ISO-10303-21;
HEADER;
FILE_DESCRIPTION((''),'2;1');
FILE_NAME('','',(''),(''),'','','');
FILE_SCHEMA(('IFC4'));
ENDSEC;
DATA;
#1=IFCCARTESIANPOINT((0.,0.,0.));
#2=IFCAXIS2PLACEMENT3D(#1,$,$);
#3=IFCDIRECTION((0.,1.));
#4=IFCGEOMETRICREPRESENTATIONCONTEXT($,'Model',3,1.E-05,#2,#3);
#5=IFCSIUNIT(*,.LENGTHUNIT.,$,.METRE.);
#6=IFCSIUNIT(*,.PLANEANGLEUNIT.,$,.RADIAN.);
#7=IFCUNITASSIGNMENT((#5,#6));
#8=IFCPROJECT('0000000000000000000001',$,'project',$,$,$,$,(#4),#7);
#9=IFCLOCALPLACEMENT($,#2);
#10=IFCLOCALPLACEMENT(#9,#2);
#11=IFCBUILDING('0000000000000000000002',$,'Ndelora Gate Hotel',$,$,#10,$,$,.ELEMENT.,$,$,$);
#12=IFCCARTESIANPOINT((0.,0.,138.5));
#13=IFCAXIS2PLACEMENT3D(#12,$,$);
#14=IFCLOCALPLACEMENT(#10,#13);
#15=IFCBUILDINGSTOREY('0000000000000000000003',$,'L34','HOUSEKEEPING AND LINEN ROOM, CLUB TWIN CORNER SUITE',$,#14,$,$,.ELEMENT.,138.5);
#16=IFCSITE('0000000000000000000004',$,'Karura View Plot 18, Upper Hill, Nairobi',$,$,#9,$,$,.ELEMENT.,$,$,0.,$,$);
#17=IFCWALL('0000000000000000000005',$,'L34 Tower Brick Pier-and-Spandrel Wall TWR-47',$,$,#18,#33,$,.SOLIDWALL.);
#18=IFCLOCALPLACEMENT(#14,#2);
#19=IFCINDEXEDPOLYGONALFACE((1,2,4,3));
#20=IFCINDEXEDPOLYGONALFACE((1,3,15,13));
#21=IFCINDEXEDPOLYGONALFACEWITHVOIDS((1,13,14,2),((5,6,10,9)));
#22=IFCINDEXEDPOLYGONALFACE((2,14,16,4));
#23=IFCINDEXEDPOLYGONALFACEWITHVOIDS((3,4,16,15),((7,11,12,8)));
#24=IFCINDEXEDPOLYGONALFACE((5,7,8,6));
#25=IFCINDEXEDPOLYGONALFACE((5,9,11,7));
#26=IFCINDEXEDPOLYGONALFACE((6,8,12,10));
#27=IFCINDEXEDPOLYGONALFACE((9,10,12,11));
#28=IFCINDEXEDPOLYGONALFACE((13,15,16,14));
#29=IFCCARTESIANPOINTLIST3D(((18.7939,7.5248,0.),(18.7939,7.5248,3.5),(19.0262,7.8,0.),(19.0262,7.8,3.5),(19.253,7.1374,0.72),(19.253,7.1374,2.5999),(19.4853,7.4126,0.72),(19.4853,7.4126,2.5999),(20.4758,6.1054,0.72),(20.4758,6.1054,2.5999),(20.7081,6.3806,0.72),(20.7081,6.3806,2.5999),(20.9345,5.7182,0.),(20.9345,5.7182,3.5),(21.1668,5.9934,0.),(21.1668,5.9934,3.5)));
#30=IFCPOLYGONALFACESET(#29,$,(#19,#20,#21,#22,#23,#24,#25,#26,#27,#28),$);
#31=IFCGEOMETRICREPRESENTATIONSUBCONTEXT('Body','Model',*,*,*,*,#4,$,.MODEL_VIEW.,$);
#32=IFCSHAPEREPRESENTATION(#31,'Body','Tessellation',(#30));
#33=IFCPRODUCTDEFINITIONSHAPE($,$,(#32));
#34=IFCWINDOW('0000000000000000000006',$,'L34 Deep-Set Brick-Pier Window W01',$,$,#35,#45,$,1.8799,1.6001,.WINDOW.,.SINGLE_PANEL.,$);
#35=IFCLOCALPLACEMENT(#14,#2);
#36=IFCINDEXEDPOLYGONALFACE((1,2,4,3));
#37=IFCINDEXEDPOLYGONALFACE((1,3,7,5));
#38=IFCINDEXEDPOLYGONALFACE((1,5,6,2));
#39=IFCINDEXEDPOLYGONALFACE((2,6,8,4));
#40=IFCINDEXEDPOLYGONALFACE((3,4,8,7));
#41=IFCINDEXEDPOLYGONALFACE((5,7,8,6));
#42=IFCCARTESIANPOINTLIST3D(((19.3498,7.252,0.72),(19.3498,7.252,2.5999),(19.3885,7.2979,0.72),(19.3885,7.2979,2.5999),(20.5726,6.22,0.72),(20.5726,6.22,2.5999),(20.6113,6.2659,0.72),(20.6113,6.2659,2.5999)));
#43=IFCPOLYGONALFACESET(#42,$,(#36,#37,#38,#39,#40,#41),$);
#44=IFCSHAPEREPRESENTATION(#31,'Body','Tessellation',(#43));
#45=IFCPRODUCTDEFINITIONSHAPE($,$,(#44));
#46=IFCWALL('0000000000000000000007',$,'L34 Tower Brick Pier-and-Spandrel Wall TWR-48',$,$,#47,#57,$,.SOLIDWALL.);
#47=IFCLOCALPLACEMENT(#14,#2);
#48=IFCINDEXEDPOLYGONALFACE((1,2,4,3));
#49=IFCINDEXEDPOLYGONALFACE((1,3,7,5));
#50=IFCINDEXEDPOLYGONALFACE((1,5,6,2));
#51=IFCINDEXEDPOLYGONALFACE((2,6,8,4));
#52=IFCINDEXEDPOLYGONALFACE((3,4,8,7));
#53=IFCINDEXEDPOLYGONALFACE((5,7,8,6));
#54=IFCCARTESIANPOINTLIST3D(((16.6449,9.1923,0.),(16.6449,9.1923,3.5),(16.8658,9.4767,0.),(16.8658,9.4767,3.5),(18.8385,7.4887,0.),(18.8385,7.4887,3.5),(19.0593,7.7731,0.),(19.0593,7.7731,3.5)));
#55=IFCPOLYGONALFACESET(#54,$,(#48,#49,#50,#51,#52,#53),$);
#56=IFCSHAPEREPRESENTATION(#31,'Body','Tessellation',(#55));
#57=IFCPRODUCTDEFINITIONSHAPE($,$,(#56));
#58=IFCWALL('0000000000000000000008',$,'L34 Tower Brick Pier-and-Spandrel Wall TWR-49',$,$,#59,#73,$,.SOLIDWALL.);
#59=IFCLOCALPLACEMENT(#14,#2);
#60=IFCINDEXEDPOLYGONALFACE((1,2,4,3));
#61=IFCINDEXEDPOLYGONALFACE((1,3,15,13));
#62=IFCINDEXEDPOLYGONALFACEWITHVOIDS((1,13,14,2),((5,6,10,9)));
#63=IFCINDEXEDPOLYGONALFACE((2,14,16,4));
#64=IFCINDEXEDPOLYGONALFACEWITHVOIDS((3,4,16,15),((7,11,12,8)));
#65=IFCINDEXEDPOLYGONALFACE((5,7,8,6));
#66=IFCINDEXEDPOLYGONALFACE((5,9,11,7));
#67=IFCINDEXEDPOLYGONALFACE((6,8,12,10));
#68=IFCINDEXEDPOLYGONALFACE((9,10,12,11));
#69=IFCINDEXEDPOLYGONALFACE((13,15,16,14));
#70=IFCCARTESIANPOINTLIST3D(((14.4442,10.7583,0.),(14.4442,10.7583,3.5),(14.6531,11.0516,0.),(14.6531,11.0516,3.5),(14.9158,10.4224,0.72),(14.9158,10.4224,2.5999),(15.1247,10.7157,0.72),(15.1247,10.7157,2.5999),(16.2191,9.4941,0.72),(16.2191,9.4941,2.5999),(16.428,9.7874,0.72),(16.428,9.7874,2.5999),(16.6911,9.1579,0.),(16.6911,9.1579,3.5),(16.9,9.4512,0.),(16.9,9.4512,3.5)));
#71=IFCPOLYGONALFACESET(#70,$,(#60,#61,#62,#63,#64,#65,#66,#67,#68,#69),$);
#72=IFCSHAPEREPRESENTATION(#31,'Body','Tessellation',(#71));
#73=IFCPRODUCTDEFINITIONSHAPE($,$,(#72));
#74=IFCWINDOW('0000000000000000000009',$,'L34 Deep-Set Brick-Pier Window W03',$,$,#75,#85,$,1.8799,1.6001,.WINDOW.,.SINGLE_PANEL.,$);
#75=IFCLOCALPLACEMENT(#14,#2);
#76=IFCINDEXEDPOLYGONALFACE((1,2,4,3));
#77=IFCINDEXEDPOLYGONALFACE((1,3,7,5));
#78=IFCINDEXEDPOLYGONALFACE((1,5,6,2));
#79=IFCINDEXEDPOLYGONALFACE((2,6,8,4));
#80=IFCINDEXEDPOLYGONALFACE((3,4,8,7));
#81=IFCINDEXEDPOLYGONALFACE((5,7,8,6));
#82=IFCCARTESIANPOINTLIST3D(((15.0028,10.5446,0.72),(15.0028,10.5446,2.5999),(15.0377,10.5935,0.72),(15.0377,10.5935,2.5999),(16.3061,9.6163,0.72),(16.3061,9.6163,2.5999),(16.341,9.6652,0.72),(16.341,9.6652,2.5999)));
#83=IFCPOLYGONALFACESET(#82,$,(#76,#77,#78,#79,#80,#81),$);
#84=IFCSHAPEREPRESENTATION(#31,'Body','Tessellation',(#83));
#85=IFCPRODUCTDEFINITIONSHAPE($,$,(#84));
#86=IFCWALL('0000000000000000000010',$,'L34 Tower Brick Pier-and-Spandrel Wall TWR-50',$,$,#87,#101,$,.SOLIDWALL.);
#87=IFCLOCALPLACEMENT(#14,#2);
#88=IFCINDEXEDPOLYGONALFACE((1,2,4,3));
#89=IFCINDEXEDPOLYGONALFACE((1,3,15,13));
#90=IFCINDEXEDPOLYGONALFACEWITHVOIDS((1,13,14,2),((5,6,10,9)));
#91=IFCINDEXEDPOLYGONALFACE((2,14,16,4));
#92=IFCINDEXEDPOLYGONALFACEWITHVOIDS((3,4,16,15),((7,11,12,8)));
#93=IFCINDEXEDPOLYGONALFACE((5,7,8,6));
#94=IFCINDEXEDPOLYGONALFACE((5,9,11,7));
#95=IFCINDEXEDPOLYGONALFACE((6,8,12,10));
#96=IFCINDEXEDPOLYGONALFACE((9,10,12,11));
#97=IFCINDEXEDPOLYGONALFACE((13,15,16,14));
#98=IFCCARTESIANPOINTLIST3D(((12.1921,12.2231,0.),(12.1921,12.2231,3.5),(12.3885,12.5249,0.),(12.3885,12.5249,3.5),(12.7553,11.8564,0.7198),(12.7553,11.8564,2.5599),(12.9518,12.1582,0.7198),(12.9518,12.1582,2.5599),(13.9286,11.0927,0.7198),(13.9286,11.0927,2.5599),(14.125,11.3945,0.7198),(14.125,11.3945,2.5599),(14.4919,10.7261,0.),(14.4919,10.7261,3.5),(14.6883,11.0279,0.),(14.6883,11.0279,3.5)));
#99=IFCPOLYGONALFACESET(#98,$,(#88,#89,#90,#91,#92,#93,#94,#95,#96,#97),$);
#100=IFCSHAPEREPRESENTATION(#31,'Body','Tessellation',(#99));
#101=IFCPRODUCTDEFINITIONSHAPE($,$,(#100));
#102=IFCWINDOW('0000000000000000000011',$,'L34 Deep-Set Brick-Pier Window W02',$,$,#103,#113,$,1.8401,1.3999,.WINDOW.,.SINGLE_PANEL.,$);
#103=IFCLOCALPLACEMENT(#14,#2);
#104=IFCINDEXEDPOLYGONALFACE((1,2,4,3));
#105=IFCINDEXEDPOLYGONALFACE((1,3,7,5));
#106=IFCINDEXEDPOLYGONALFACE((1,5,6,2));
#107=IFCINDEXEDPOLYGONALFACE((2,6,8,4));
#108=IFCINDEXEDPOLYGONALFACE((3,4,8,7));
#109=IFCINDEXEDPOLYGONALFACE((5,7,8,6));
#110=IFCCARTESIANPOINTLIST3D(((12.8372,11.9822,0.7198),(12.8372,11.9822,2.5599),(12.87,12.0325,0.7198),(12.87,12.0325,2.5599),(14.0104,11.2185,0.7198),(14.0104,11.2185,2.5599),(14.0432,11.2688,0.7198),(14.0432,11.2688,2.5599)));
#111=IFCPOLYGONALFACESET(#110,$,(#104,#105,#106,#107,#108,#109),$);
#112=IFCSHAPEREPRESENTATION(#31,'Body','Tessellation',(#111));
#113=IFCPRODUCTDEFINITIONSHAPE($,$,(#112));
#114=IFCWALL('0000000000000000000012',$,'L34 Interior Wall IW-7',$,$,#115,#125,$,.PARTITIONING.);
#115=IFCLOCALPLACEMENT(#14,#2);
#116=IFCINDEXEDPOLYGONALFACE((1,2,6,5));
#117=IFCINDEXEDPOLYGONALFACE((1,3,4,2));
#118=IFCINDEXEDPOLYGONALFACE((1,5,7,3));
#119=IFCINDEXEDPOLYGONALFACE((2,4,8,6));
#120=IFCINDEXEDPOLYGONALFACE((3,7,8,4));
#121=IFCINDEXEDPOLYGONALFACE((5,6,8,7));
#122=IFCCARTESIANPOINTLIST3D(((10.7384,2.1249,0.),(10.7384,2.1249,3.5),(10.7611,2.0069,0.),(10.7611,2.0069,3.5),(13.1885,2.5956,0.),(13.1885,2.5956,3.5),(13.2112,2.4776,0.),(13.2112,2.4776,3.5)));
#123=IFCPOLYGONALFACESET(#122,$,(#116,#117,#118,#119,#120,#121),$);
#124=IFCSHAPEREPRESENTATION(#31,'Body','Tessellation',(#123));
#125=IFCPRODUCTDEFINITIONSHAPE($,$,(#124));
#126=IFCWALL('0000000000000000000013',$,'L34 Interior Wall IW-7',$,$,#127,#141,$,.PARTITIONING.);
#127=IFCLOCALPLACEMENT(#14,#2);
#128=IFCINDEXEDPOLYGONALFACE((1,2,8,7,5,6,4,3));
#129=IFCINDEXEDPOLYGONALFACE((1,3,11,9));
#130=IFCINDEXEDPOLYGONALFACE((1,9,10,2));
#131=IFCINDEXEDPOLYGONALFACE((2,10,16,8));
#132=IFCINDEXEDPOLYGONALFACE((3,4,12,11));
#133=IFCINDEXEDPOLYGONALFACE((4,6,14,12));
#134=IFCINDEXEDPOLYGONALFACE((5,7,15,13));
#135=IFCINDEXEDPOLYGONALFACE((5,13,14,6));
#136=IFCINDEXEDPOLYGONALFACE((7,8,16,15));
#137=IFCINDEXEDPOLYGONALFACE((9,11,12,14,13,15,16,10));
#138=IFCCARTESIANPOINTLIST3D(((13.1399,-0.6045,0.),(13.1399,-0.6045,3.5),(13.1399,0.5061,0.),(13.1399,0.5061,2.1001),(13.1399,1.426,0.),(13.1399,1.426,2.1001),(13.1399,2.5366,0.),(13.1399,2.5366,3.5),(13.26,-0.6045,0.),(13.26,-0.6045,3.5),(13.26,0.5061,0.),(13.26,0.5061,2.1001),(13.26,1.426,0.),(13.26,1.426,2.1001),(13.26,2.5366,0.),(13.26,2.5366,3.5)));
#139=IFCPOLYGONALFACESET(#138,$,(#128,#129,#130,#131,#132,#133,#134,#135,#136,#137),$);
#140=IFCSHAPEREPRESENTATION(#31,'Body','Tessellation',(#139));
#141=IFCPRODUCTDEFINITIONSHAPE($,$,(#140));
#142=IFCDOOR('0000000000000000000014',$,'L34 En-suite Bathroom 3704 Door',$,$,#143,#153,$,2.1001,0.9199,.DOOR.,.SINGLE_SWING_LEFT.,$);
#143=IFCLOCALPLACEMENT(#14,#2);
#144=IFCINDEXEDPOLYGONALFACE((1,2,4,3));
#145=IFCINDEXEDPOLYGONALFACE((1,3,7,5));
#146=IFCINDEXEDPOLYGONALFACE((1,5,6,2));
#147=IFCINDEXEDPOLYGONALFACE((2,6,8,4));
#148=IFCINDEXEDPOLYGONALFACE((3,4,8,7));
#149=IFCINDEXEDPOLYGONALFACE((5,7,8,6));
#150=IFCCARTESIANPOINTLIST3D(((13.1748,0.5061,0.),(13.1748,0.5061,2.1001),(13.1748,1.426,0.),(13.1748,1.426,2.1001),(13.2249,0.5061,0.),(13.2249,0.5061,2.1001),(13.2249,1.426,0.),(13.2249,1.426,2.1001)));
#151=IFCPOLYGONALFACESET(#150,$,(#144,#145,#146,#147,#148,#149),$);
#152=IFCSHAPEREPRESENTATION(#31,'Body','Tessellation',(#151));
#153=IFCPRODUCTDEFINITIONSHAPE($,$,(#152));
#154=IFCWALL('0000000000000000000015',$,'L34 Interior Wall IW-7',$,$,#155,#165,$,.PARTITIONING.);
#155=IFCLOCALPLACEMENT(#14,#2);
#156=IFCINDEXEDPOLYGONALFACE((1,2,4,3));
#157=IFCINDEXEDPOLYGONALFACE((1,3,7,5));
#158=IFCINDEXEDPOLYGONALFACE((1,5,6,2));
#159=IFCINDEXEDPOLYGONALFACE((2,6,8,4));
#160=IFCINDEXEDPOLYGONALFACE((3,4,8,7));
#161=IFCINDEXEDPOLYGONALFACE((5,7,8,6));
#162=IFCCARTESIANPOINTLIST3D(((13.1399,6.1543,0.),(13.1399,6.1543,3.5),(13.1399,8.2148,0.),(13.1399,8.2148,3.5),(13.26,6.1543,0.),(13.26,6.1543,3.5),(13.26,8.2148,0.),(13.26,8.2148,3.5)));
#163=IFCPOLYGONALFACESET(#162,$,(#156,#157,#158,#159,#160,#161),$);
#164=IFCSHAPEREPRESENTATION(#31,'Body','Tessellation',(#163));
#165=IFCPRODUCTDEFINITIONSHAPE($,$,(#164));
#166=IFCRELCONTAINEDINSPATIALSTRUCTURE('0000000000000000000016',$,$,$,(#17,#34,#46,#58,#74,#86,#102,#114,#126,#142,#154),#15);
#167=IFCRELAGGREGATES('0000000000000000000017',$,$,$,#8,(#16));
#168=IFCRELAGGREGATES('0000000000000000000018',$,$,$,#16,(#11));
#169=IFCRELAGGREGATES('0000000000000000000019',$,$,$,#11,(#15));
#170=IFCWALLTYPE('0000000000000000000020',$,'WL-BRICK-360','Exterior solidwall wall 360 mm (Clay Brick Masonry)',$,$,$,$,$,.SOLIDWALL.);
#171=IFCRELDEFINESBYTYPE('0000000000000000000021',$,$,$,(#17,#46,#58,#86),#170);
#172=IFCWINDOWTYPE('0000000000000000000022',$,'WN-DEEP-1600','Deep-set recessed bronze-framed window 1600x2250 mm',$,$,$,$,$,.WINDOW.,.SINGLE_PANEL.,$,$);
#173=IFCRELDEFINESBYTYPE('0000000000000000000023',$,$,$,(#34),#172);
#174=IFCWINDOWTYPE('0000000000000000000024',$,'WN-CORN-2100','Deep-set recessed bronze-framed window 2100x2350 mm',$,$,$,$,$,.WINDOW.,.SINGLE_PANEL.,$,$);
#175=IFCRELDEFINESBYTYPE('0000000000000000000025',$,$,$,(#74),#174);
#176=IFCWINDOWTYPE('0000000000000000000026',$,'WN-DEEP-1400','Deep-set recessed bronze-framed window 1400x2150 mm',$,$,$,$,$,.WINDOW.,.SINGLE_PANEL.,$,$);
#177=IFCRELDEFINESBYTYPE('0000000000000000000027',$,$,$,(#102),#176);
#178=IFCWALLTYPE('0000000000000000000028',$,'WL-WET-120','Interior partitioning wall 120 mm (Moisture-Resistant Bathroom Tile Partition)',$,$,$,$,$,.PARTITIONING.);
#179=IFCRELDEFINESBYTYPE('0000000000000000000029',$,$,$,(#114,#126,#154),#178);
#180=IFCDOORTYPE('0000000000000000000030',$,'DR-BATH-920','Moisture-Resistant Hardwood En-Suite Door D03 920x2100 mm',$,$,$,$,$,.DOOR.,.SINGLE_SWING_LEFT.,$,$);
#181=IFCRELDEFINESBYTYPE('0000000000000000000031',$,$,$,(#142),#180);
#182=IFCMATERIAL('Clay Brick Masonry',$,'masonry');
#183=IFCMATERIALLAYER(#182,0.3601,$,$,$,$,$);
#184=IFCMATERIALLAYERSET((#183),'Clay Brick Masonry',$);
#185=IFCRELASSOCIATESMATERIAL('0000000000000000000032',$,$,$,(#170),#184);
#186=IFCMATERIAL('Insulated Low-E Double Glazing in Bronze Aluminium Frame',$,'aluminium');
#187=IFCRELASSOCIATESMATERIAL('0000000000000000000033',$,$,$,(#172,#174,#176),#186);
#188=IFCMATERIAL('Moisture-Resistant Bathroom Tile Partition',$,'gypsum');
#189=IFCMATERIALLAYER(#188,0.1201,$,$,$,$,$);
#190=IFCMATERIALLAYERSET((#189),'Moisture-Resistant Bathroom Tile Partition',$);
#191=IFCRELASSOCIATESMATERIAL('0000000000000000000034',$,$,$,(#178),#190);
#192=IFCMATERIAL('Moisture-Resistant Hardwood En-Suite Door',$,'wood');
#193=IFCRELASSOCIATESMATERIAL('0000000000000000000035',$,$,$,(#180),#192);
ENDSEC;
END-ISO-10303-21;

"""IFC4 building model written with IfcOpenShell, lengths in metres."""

from ifc_helpers import new_model, si_unit, direction, frame, frame_2d, origin, place, context, subcontext, project, spatial, rectangle, extrude, material, layer, layer_set, type_object, element, fill, save


model = new_model("IFC4")

# Units and contexts
model_context = context("Model", 3, precision=1e-05, world=origin(), true_north=direction((0.0, 1.0)))
body_context = subcontext(model_context, "Body", "Model", "MODEL_VIEW")
ifc_project = project(units=[si_unit("LENGTHUNIT", "METRE"), si_unit("PLANEANGLEUNIT", "RADIAN")], contexts=[model_context])

# Site, building, storey
site_placement = place(None, origin())
site = spatial("IfcSite", under=ifc_project, at=site_placement, Name="Karura View Plot 18, Upper Hill, Nairobi", CompositionType="ELEMENT", RefElevation=0.0)
building_placement = place(site_placement, origin())
building = spatial("IfcBuilding", under=site, at=building_placement, Name="Ndelora Gate Hotel", CompositionType="ELEMENT")
storey_placement = place(building_placement, frame((0.0, 0.0, 138.5)))
storey = spatial("IfcBuildingStorey", under=building, at=storey_placement, Name="L34", Description="HOUSEKEEPING AND LINEN ROOM, CLUB TWIN CORNER SUITE", CompositionType="ELEMENT", Elevation=138.5)

# Shared definitions
ifc_material_1 = material(Name="Clay Brick Masonry", Category="masonry")
ifc_layer_1 = layer(ifc_material_1, 0.3601)
ifc_layer_set_1 = layer_set([ifc_layer_1], Name="Clay Brick Masonry")
wall_type_1 = type_object("IfcWallType", Name="WL-BRICK-360", Description="Exterior solidwall wall 360 mm (Clay Brick Masonry)", PredefinedType="SOLIDWALL", material=ifc_layer_set_1)

# Wall, opening, window
wall_1_placement = place(storey_placement, frame((18.9102, 7.6624, 0.0), z_axis=(0.0, 0.0, 1.0), x_axis=(0.764206, -0.644973, 0.0)))
wall_1 = element("IfcWall", 1, at=wall_1_placement, inside=storey, type_object=wall_type_1, Name="L34 Tower Brick Pier-and-Spandrel Wall TWR-47", PredefinedType="SOLIDWALL", context=body_context, shape_type="SweptSolid", body=[
    extrude(rectangle(XDim=2.801, YDim=0.3601, at=frame_2d((1.4004, 0.0))), origin(), (0.0, 0.0, 1.0), 3.5),
])
opening_1_placement = place(wall_1_placement, frame((0.6006, 0.0, 0.72)))
opening_1 = element("IfcOpeningElement", 2, at=opening_1_placement, cuts=wall_1, PredefinedType="OPENING", context=body_context, shape_type="SweptSolid", body=[
    extrude(rectangle(XDim=1.6001, YDim=1.8799, at=frame_2d((0.8, 0.9399))), frame((0.0, 0.1899, 0.0), z_axis=(0.0, -1.0, 0.0), x_axis=(1.0, 0.0, 0.0)), (0.0, 0.0, 1.0), 0.3801),
])
ifc_material_2 = material(Name="Insulated Low-E Double Glazing in Bronze Aluminium Frame", Category="aluminium")
window_type_1 = type_object("IfcWindowType", Name="WN-DEEP-1600", Description="Deep-set recessed bronze-framed window 1600x2250 mm", PartitioningType="SINGLE_PANEL", PredefinedType="WINDOW", material=ifc_material_2)
window_1_placement = place(opening_1_placement, origin())
window_1 = element("IfcWindow", 3, at=window_1_placement, inside=storey, type_object=window_type_1, Name="L34 Deep-Set Brick-Pier Window W01", OverallHeight=1.8799, OverallWidth=1.6001, PartitioningType="SINGLE_PANEL", PredefinedType="WINDOW", context=body_context, shape_type="SweptSolid", body=[
    extrude(rectangle(XDim=1.6001, YDim=1.8799, at=frame_2d((0.8, 0.9399))), frame((0.0, 0.03, 0.0), z_axis=(0.0, -1.0, 0.0), x_axis=(1.0, 0.0, 0.0)), (0.0, 0.0, 1.0), 0.0601),
])
fill(opening_1, window_1)

# Wall
wall_2_placement = place(storey_placement, frame((16.7554, 9.3345, 0.0), z_axis=(0.0, 0.0, 1.0), x_axis=(0.789792, -0.613375, 0.0)))
element("IfcWall", 4, at=wall_2_placement, inside=storey, type_object=wall_type_1, Name="L34 Tower Brick Pier-and-Spandrel Wall TWR-48", PredefinedType="SOLIDWALL", context=body_context, shape_type="SweptSolid", body=[
    extrude(rectangle(XDim=2.7773, YDim=0.3601, at=frame_2d((1.3887, 0.0))), origin(), (0.0, 0.0, 1.0), 3.5),
])

# Walls, openings, windows
wall_3_placement = place(storey_placement, frame((14.5486, 10.905, 0.0), z_axis=(0.0, 0.0, 1.0), x_axis=(0.81451, -0.580149, 0.0)))
wall_3 = element("IfcWall", 5, at=wall_3_placement, inside=storey, type_object=wall_type_1, Name="L34 Tower Brick Pier-and-Spandrel Wall TWR-49", PredefinedType="SOLIDWALL", context=body_context, shape_type="SweptSolid", body=[
    extrude(rectangle(XDim=2.7585, YDim=0.3601, at=frame_2d((1.3794, 0.0))), origin(), (0.0, 0.0, 1.0), 3.5),
])
opening_2_placement = place(wall_3_placement, frame((0.5791, 0.0, 0.72)))
opening_2 = element("IfcOpeningElement", 6, at=opening_2_placement, cuts=wall_3, PredefinedType="OPENING", context=body_context, shape_type="SweptSolid", body=[
    extrude(rectangle(XDim=1.6001, YDim=1.8799, at=frame_2d((0.8, 0.9399))), frame((0.0, 0.1899, 0.0), z_axis=(0.0, -1.0, 0.0), x_axis=(1.0, 0.0, 0.0)), (0.0, 0.0, 1.0), 0.3801),
])
window_type_2 = type_object("IfcWindowType", Name="WN-CORN-2100", Description="Deep-set recessed bronze-framed window 2100x2350 mm", PartitioningType="SINGLE_PANEL", PredefinedType="WINDOW", material=ifc_material_2)
window_2_placement = place(opening_2_placement, origin())
window_2 = element("IfcWindow", 7, at=window_2_placement, inside=storey, type_object=window_type_2, Name="L34 Deep-Set Brick-Pier Window W03", OverallHeight=1.8799, OverallWidth=1.6001, PartitioningType="SINGLE_PANEL", PredefinedType="WINDOW", context=body_context, shape_type="SweptSolid", body=[
    extrude(rectangle(XDim=1.6001, YDim=1.8799, at=frame_2d((0.8, 0.9399))), frame((0.0, 0.03, 0.0), z_axis=(0.0, -1.0, 0.0), x_axis=(1.0, 0.0, 0.0)), (0.0, 0.0, 1.0), 0.0601),
])
fill(opening_2, window_2)
wall_4_placement = place(storey_placement, frame((12.2903, 12.374, 0.0), z_axis=(0.0, 0.0, 1.0), x_axis=(0.838078, -0.545551, 0.0)))
wall_4 = element("IfcWall", 8, at=wall_4_placement, inside=storey, type_object=wall_type_1, Name="L34 Tower Brick Pier-and-Spandrel Wall TWR-50", PredefinedType="SOLIDWALL", context=body_context, shape_type="SweptSolid", body=[
    extrude(rectangle(XDim=2.7441, YDim=0.3601, at=frame_2d((1.3721, 0.0))), origin(), (0.0, 0.0, 1.0), 3.5),
])
opening_3_placement = place(wall_4_placement, frame((0.6721, 0.0, 0.72)))
opening_3 = element("IfcOpeningElement", 9, at=opening_3_placement, cuts=wall_4, PredefinedType="OPENING", context=body_context, shape_type="SweptSolid", body=[
    extrude(rectangle(XDim=1.3999, YDim=1.8401, at=frame_2d((0.7, 0.9199))), frame((0.0, 0.1899, 0.0), z_axis=(0.0, -1.0, 0.0), x_axis=(1.0, 0.0, 0.0)), (0.0, 0.0, 1.0), 0.3801),
])
window_type_3 = type_object("IfcWindowType", Name="WN-DEEP-1400", Description="Deep-set recessed bronze-framed window 1400x2150 mm", PartitioningType="SINGLE_PANEL", PredefinedType="WINDOW", material=ifc_material_2)
window_3_placement = place(opening_3_placement, origin())
window_3 = element("IfcWindow", 10, at=window_3_placement, inside=storey, type_object=window_type_3, Name="L34 Deep-Set Brick-Pier Window W02", OverallHeight=1.8401, OverallWidth=1.3999, PartitioningType="SINGLE_PANEL", PredefinedType="WINDOW", context=body_context, shape_type="SweptSolid", body=[
    extrude(rectangle(XDim=1.3999, YDim=1.8401, at=frame_2d((0.7, 0.9199))), frame((0.0, 0.03, 0.0), z_axis=(0.0, -1.0, 0.0), x_axis=(1.0, 0.0, 0.0)), (0.0, 0.0, 1.0), 0.0601),
])
fill(opening_3, window_3)

# Wall
ifc_material_3 = material(Name="Moisture-Resistant Bathroom Tile Partition", Category="gypsum")
ifc_layer_2 = layer(ifc_material_3, 0.1201)
ifc_layer_set_2 = layer_set([ifc_layer_2], Name="Moisture-Resistant Bathroom Tile Partition")
wall_type_2 = type_object("IfcWallType", Name="WL-WET-120", Description="Interior partitioning wall 120 mm (Moisture-Resistant Bathroom Tile Partition)", PredefinedType="PARTITIONING", material=ifc_layer_set_2)
wall_5_placement = place(storey_placement, frame((13.2, 2.5366, 0.0), z_axis=(0.0, 0.0, 1.0), x_axis=(-0.982039, -0.188677, 0.0)))
element("IfcWall", 11, at=wall_5_placement, inside=storey, type_object=wall_type_2, Name="L34 Interior Wall IW-7", PredefinedType="PARTITIONING", context=body_context, shape_type="SweptSolid", body=[
    extrude(rectangle(XDim=2.4949, YDim=0.1201, at=frame_2d((1.2476, 0.0))), origin(), (0.0, 0.0, 1.0), 3.5),
])

# Wall, opening, door
wall_6_placement = place(storey_placement, frame((13.2, 2.5366, 0.0), z_axis=(0.0, 0.0, 1.0), x_axis=(0.0, -1.0, 0.0)))
wall_6 = element("IfcWall", 12, at=wall_6_placement, inside=storey, type_object=wall_type_2, Name="L34 Interior Wall IW-7", PredefinedType="PARTITIONING", context=body_context, shape_type="SweptSolid", body=[
    extrude(rectangle(XDim=3.1411, YDim=0.1201, at=frame_2d((1.5706, 0.0))), origin(), (0.0, 0.0, 1.0), 3.5),
])
opening_4_placement = place(wall_6_placement, frame((1.1106, 0.0, 0.0)))
opening_4 = element("IfcOpeningElement", 13, at=opening_4_placement, cuts=wall_6, PredefinedType="OPENING", context=body_context, shape_type="SweptSolid", body=[
    extrude(rectangle(XDim=0.9199, YDim=2.1001, at=frame_2d((0.46, 1.05))), frame((0.0, 0.0701, 0.0), z_axis=(0.0, -1.0, 0.0), x_axis=(1.0, 0.0, 0.0)), (0.0, 0.0, 1.0), 0.1401),
])
ifc_material_4 = material(Name="Moisture-Resistant Hardwood En-Suite Door", Category="wood")
door_type = type_object("IfcDoorType", Name="DR-BATH-920", Description="Moisture-Resistant Hardwood En-Suite Door D03 920x2100 mm", OperationType="SINGLE_SWING_LEFT", PredefinedType="DOOR", material=ifc_material_4)
door_placement = place(opening_4_placement, origin())
door = element("IfcDoor", 14, at=door_placement, inside=storey, type_object=door_type, Name="L34 En-suite Bathroom 3704 Door", OperationType="SINGLE_SWING_LEFT", OverallHeight=2.1001, OverallWidth=0.9199, PredefinedType="DOOR", context=body_context, shape_type="SweptSolid", body=[
    extrude(rectangle(XDim=0.9199, YDim=2.1001, at=frame_2d((0.46, 1.05))), frame((0.0, 0.0249, 0.0), z_axis=(0.0, -1.0, 0.0), x_axis=(1.0, 0.0, 0.0)), (0.0, 0.0, 1.0), 0.05),
])
fill(opening_4, door)

# Wall
wall_7_placement = place(storey_placement, frame((13.2, 6.1543, 0.0), z_axis=(0.0, 0.0, 1.0), x_axis=(0.0, 1.0, 0.0)))
element("IfcWall", 15, at=wall_7_placement, inside=storey, type_object=wall_type_2, Name="L34 Interior Wall IW-7", PredefinedType="PARTITIONING", context=body_context, shape_type="SweptSolid", body=[
    extrude(rectangle(XDim=2.0605, YDim=0.1201, at=frame_2d((1.0303, 0.0))), origin(), (0.0, 0.0, 1.0), 3.5),
])

save(model, "model.ifc")
